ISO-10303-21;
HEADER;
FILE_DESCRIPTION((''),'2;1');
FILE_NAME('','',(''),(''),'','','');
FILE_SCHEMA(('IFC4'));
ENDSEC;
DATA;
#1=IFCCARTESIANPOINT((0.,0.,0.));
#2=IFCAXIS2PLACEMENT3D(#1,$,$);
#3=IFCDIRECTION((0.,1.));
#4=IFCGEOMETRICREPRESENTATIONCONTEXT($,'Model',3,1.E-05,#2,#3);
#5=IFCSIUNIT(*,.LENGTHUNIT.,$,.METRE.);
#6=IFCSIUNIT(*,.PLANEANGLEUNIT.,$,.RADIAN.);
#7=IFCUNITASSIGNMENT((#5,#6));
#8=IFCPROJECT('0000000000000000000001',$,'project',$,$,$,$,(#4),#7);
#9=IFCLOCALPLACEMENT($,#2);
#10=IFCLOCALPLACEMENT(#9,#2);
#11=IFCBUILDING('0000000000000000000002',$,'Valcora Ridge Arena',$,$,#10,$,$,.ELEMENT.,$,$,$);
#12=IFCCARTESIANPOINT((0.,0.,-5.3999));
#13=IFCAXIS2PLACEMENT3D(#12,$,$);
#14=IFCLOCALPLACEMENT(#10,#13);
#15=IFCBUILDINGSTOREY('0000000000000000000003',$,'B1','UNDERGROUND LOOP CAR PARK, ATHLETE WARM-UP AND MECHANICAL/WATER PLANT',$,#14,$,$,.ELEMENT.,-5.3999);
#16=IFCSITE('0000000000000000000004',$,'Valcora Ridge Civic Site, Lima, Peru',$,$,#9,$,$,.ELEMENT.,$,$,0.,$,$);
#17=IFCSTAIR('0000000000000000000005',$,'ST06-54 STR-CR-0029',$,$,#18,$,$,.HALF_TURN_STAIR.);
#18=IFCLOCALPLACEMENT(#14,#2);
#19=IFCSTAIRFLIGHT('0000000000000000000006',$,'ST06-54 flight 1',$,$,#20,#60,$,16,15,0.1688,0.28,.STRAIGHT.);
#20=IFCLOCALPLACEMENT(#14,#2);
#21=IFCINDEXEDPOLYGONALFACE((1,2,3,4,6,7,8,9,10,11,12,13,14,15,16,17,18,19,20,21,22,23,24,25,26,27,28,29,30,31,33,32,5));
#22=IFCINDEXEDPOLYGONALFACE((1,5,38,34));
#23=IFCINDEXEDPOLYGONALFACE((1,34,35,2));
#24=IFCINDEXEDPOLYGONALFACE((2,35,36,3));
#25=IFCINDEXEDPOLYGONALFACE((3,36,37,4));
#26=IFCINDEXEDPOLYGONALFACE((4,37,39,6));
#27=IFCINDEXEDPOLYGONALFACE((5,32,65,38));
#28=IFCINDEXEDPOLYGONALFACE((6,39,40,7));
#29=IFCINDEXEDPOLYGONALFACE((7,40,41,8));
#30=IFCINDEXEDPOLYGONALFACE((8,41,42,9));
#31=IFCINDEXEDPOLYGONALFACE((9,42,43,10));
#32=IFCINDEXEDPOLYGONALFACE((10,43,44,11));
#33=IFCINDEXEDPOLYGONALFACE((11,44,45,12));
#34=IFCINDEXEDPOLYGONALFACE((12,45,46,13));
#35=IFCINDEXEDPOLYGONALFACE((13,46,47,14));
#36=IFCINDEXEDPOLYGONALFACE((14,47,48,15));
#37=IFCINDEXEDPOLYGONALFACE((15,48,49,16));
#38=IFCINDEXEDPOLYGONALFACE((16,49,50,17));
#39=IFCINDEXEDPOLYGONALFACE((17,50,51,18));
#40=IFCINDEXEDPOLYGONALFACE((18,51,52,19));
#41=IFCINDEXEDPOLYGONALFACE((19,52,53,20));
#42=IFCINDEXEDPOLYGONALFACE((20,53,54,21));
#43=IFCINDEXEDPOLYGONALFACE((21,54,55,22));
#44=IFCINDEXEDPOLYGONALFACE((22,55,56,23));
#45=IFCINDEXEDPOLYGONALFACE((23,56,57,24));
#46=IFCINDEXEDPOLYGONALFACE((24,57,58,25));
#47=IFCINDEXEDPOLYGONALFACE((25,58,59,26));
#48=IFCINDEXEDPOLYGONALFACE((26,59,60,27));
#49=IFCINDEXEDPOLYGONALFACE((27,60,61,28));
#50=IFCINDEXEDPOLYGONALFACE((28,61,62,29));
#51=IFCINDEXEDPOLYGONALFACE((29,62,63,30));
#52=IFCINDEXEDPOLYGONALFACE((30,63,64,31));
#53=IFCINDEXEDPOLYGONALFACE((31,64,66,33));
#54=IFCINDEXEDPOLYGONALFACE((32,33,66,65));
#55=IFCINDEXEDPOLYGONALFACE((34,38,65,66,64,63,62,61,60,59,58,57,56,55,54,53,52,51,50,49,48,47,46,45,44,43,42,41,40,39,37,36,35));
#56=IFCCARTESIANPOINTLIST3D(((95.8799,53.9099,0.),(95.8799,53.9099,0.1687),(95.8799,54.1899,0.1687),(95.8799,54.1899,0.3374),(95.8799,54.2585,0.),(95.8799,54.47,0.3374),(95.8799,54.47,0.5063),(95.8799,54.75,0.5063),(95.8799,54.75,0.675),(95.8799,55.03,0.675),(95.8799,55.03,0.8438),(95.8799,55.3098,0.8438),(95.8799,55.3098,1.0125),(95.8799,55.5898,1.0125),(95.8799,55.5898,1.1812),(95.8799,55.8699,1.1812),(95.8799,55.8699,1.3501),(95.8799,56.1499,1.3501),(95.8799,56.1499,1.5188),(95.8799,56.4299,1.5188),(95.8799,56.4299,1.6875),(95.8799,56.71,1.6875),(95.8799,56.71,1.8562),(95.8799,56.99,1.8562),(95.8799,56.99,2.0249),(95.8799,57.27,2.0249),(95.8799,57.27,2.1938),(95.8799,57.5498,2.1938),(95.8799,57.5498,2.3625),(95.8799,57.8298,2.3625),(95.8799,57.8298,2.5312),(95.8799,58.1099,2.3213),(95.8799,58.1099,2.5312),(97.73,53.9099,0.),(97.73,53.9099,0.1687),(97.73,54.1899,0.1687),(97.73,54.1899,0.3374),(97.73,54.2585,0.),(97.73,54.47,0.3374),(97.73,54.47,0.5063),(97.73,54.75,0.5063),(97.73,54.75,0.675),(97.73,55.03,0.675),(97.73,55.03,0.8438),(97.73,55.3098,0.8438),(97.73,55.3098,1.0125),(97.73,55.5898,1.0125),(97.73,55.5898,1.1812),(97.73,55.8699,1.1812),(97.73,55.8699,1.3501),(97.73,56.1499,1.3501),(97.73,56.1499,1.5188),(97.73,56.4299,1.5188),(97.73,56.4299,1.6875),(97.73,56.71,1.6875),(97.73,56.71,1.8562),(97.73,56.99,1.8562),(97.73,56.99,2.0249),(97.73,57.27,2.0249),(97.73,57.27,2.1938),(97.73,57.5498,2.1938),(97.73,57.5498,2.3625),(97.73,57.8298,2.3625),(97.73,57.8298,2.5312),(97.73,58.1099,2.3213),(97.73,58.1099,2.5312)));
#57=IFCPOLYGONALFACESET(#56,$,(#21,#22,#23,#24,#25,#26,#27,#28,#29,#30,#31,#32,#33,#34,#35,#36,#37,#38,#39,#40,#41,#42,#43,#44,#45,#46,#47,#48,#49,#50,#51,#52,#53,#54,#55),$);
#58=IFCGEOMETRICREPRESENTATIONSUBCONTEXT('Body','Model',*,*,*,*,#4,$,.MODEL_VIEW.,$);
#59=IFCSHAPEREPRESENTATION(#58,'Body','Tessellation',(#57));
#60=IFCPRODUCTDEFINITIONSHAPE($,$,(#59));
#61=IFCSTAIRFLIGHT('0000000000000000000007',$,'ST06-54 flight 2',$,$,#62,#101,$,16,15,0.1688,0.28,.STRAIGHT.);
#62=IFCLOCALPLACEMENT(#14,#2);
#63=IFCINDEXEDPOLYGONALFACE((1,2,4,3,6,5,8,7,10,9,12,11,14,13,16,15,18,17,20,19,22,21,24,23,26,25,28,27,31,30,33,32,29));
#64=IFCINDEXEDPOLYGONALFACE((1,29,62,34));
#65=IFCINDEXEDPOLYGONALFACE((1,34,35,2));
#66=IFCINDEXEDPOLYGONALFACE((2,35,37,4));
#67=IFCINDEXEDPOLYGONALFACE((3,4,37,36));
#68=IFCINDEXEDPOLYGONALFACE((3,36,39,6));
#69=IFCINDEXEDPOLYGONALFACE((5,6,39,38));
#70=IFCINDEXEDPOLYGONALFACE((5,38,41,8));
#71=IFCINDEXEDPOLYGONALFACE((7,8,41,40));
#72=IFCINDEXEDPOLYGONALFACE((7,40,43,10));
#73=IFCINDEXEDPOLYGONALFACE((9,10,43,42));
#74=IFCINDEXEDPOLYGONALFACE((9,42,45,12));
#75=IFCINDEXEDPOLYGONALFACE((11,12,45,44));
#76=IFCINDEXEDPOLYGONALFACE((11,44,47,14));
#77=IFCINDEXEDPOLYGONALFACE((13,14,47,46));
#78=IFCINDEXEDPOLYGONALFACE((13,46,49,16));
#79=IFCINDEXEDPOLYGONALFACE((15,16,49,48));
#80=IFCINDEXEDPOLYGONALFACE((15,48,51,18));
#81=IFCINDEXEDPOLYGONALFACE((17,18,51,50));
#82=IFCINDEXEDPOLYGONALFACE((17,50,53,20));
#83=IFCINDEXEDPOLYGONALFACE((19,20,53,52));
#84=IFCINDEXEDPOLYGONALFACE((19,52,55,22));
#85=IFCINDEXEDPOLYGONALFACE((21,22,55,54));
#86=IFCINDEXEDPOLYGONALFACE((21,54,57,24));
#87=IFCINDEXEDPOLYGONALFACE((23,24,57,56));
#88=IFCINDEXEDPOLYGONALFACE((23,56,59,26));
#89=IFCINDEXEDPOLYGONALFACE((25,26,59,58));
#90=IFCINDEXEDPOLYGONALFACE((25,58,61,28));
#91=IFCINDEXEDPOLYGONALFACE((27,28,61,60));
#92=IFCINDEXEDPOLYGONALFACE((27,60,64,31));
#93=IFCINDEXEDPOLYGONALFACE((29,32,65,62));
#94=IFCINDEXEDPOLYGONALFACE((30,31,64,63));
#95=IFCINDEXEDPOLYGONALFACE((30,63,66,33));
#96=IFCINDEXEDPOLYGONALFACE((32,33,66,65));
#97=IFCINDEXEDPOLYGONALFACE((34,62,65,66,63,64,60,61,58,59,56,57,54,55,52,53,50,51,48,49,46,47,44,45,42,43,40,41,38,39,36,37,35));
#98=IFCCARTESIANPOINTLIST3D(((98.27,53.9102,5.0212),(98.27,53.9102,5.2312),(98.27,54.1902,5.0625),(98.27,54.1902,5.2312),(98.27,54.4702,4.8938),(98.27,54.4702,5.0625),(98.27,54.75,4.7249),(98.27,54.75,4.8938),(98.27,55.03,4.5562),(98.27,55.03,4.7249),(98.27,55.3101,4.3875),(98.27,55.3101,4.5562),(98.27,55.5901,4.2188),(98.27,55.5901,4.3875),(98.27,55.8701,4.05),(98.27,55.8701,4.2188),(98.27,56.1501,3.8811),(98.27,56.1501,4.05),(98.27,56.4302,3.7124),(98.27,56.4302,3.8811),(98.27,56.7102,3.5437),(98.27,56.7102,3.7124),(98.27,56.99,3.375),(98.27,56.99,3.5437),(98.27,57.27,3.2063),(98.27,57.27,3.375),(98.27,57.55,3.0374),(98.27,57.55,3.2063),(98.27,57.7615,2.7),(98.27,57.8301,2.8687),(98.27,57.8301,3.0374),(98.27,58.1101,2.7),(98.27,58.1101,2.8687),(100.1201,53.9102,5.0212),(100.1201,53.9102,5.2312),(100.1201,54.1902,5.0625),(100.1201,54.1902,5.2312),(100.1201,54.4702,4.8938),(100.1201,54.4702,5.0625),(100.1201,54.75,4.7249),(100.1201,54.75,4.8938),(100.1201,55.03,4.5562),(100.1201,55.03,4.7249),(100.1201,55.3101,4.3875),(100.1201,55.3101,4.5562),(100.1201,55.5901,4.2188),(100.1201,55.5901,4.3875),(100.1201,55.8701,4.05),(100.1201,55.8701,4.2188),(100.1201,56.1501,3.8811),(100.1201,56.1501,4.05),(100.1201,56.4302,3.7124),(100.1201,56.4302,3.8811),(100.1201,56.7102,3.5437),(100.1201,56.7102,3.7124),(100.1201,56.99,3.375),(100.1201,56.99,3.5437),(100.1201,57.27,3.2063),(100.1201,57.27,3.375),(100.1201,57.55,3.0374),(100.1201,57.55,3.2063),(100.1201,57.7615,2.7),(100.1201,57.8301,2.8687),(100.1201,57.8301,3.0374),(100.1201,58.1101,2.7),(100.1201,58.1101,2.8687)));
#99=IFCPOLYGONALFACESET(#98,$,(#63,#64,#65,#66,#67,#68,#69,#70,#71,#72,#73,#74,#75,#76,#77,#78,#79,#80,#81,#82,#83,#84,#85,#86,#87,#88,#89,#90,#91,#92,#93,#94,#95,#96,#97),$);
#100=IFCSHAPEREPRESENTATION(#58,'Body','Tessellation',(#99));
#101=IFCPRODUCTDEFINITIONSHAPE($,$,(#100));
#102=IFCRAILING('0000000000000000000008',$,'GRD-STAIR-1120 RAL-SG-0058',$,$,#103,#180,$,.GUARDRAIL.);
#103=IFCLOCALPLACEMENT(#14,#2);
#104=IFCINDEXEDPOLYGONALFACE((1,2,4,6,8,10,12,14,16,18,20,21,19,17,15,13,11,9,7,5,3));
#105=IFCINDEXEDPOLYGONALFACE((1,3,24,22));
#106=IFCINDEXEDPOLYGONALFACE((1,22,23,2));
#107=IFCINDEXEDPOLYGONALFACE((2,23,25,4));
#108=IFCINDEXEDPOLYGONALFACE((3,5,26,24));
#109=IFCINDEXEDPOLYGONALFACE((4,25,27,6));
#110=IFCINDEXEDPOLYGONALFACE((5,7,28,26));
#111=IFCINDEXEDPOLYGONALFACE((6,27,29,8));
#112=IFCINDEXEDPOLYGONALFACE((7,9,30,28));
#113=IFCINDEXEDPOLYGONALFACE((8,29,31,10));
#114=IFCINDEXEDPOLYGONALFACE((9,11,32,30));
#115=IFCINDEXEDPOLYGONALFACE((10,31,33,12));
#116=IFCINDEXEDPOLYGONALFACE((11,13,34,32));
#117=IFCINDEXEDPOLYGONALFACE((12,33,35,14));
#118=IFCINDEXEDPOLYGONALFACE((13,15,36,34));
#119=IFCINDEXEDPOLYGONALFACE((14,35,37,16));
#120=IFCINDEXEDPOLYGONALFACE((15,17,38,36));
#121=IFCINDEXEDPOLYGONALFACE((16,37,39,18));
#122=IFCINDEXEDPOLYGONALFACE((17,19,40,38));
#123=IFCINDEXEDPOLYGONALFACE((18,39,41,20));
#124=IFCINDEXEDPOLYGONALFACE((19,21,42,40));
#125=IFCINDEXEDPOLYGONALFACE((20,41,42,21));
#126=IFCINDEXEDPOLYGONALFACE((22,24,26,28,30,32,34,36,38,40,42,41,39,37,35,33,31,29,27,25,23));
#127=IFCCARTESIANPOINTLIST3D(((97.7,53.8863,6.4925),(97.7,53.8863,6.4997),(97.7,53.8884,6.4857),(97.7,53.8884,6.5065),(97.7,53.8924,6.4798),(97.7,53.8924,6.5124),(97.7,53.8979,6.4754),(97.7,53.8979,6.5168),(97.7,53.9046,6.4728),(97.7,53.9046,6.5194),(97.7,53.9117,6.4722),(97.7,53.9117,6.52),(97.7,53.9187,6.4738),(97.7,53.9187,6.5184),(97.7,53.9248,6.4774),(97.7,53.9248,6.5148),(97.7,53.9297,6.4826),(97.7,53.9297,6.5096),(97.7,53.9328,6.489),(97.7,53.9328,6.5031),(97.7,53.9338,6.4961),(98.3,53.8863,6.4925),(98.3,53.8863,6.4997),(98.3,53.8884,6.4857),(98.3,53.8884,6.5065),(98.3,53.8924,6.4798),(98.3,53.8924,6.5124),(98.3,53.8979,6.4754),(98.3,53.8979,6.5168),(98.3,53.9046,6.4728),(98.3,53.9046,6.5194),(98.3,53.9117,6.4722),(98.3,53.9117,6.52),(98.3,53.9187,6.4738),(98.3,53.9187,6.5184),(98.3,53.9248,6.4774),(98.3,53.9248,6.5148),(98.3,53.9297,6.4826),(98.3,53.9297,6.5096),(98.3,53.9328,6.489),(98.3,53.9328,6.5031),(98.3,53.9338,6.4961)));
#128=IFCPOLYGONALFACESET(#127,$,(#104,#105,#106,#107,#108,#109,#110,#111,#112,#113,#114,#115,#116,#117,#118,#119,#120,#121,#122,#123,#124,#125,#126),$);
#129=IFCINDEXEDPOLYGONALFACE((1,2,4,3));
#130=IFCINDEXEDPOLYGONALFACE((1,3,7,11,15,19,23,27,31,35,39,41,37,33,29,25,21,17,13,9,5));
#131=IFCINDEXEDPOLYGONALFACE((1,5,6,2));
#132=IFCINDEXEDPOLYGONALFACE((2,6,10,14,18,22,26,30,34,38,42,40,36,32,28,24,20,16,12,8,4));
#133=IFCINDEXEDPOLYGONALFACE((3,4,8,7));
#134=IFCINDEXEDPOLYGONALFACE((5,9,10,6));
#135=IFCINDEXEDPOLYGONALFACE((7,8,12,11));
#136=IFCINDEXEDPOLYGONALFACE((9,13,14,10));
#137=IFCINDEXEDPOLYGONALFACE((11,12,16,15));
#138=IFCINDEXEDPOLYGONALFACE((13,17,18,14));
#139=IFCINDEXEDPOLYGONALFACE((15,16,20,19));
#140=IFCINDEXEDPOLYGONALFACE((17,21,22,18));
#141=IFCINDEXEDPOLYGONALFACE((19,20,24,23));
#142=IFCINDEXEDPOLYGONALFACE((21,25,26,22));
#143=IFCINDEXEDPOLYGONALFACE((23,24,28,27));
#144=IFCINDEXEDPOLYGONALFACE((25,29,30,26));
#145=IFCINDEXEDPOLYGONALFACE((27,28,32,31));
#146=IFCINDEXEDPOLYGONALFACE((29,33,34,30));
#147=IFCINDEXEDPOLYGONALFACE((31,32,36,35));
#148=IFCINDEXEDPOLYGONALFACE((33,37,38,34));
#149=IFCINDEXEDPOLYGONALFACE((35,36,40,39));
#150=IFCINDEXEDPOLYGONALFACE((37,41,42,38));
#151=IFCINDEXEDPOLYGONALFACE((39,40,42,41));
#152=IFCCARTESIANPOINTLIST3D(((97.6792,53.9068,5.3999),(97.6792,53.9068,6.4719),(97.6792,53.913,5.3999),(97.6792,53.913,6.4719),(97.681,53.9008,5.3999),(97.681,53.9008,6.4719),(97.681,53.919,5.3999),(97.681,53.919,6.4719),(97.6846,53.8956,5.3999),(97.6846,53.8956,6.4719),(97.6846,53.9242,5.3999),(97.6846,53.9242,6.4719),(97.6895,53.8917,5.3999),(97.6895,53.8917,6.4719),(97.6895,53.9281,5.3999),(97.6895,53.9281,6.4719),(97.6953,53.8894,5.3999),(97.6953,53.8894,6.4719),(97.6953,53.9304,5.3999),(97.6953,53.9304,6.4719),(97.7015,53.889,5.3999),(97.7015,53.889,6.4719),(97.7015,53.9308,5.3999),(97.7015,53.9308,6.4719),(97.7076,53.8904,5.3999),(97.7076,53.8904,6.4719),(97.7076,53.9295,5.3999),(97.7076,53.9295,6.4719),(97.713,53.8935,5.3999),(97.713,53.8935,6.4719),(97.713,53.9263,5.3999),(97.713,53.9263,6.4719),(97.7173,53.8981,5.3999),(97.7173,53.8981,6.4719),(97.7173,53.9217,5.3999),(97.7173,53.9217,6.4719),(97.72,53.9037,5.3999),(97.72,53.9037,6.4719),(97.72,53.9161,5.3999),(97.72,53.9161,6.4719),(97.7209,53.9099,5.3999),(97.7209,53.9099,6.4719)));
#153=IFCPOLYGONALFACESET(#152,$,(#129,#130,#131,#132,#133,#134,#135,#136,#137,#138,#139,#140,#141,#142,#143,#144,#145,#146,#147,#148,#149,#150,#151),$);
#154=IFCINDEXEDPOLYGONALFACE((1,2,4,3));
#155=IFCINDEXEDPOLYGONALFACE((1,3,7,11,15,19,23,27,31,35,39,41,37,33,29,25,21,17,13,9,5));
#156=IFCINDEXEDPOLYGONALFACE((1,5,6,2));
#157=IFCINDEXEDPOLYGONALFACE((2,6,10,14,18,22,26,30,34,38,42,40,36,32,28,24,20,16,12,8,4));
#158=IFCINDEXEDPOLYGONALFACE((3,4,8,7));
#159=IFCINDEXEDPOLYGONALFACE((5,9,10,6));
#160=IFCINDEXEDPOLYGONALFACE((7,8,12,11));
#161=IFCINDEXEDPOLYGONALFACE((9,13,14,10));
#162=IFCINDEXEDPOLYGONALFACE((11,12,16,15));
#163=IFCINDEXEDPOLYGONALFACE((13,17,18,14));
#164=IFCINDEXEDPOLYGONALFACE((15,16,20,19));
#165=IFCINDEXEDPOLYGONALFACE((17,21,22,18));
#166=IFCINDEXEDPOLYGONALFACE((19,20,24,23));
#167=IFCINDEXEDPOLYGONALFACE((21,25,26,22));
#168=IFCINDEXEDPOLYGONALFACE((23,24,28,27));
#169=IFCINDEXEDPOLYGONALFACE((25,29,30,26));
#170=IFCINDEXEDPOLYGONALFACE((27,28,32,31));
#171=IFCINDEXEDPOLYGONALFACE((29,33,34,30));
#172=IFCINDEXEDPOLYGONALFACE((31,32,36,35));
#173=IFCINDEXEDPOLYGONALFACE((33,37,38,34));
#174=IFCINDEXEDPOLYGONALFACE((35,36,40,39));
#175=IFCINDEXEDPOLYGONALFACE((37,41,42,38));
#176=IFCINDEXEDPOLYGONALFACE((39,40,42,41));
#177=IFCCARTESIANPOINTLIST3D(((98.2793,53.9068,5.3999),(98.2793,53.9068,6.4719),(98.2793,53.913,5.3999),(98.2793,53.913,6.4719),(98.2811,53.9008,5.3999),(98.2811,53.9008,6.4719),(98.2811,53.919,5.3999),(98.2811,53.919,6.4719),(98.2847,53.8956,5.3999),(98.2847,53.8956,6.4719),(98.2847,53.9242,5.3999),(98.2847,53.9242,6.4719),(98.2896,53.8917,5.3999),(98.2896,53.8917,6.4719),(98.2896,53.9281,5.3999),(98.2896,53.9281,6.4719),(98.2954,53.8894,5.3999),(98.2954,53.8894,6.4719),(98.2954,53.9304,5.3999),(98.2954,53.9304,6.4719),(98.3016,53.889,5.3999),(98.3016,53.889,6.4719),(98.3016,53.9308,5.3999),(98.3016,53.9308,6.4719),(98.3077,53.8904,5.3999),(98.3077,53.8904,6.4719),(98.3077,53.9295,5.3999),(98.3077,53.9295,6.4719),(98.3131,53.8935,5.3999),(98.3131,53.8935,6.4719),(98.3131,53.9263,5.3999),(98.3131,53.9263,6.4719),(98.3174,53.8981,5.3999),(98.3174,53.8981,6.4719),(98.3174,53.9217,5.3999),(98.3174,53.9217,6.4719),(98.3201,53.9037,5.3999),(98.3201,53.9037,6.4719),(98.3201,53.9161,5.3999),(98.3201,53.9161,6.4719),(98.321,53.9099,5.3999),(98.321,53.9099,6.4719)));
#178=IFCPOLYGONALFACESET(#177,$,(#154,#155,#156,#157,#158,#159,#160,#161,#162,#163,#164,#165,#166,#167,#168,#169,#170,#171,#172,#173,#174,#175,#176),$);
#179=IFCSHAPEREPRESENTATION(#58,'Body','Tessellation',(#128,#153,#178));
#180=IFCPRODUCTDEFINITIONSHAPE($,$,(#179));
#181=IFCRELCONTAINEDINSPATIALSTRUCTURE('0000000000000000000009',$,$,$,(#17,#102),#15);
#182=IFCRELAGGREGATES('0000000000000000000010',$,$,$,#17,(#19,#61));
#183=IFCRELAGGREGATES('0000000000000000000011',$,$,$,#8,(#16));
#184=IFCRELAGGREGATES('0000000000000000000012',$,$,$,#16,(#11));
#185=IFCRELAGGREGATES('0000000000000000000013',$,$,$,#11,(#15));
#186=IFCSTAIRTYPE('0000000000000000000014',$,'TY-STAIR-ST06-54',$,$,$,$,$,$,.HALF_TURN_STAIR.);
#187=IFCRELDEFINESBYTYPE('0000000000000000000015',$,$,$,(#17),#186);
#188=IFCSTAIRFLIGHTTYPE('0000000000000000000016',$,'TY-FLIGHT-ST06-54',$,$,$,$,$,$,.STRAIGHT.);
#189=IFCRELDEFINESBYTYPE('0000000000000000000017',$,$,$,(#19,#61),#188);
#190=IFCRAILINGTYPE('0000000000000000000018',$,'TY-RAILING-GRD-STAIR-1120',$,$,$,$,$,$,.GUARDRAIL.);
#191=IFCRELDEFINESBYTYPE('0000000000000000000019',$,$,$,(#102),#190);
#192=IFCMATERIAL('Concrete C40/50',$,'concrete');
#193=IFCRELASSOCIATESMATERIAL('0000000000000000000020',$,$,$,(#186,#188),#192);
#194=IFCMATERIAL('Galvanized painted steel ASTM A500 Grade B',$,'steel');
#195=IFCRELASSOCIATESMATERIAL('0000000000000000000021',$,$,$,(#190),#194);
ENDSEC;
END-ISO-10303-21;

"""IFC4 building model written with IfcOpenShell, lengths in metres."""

from ifc_helpers import new_model, si_unit, direction, frame, origin, origin_2d, place, context, subcontext, project, spatial, polyline, circle, outline, extrude, material, type_object, element, aggregate, save


model = new_model("IFC4")

# Units and contexts
model_context = context("Model", 3, precision=1e-05, world=origin(), true_north=direction((0.0, 1.0)))
body_context = subcontext(model_context, "Body", "Model", "MODEL_VIEW")
ifc_project = project(units=[si_unit("LENGTHUNIT", "METRE"), si_unit("PLANEANGLEUNIT", "RADIAN")], contexts=[model_context])

# Site, building, storey
site_placement = place(None, origin())
site = spatial("IfcSite", under=ifc_project, at=site_placement, Name="Valcora Ridge Civic Site, Lima, Peru", CompositionType="ELEMENT", RefElevation=0.0)
building_placement = place(site_placement, origin())
building = spatial("IfcBuilding", under=site, at=building_placement, Name="Valcora Ridge Arena", CompositionType="ELEMENT")
storey_placement = place(building_placement, frame((0.0, 0.0, -5.3999)))
storey = spatial("IfcBuildingStorey", under=building, at=storey_placement, Name="B1", Description="UNDERGROUND LOOP CAR PARK, ATHLETE WARM-UP AND MECHANICAL/WATER PLANT", CompositionType="ELEMENT", Elevation=-5.3999)

# Shared definitions
ifc_material_1 = material(Name="Concrete C40/50", Category="concrete")

# Stair, stair flights
stair_type = type_object("IfcStairType", Name="TY-STAIR-ST06-54", PredefinedType="HALF_TURN_STAIR", material=ifc_material_1)
stair_placement = place(storey_placement, origin())
stair = element("IfcStair", 1, at=stair_placement, inside=storey, type_object=stair_type, Name="ST06-54 STR-CR-0029", PredefinedType="HALF_TURN_STAIR")
stair_flight_type = type_object("IfcStairFlightType", Name="TY-FLIGHT-ST06-54", PredefinedType="STRAIGHT", material=ifc_material_1)
stair_flight_1_placement = place(storey_placement, frame((96.8049, 53.9099, 0.0), z_axis=(0.0, 0.0, 1.0), x_axis=(0.0, 1.0, 0.0)))
stair_flight_1 = element("IfcStairFlight", 2, at=stair_flight_1_placement, type_object=stair_flight_type, Name="ST06-54 flight 1", NumberOfRisers=16, NumberOfTreads=15, PredefinedType="STRAIGHT", RiserHeight=0.1688, TreadLength=0.28, context=body_context, shape_type="SweptSolid", body=[
    extrude(outline(polyline([(0.0, 0.0), (0.0, 0.1687), (0.28, 0.1687), (0.28, 0.3374), (0.5601, 0.3374), (0.5601, 0.5063), (0.8401, 0.5063), (0.8401, 0.675), (1.1201, 0.675), (1.1201, 0.8438), (1.3999, 0.8438), (1.3999, 1.0125), (1.6799, 1.0125), (1.6799, 1.1812), (1.96, 1.1812), (1.96, 1.3501), (2.24, 1.3501), (2.24, 1.5188), (2.52, 1.5188), (2.52, 1.6875), (2.8, 1.6875), (2.8, 1.8562), (3.0801, 1.8562), (3.0801, 2.0249), (3.3601, 2.0249), (3.3601, 2.1938), (3.6399, 2.1938), (3.6399, 2.3625), (3.9199, 2.3625), (3.9199, 2.5312), (4.2, 2.5312), (4.2, 2.7), (4.2, 2.3213), (0.3486, 0.0), (0.0, 0.0)])), frame((0.0, 0.925, 0.0), z_axis=(0.0, -1.0, 0.0), x_axis=(1.0, 0.0, 0.0)), (0.0, 0.0, 1.0), 1.8501),
])
stair_flight_2_placement = place(storey_placement, frame((99.1951, 58.1101, 2.7), z_axis=(0.0, 0.0, 1.0), x_axis=(0.0, -1.0, 0.0)))
stair_flight_2 = element("IfcStairFlight", 3, at=stair_flight_2_placement, type_object=stair_flight_type, Name="ST06-54 flight 2", NumberOfRisers=16, NumberOfTreads=15, PredefinedType="STRAIGHT", RiserHeight=0.1688, TreadLength=0.28, context=body_context, shape_type="SweptSolid", body=[
    extrude(outline(polyline([(0.0, 0.0), (0.0, 0.1687), (0.28, 0.1687), (0.28, 0.3374), (0.5601, 0.3374), (0.5601, 0.5063), (0.8401, 0.5063), (0.8401, 0.675), (1.1201, 0.675), (1.1201, 0.8438), (1.3999, 0.8438), (1.3999, 1.0125), (1.6799, 1.0125), (1.6799, 1.1812), (1.96, 1.1812), (1.96, 1.3501), (2.24, 1.3501), (2.24, 1.5188), (2.52, 1.5188), (2.52, 1.6875), (2.8, 1.6875), (2.8, 1.8562), (3.0801, 1.8562), (3.0801, 2.0249), (3.3601, 2.0249), (3.3601, 2.1938), (3.6399, 2.1938), (3.6399, 2.3625), (3.9199, 2.3625), (3.9199, 2.5312), (4.2, 2.5312), (4.2, 2.7), (4.2, 2.3213), (0.3486, 0.0), (0.0, 0.0)])), frame((0.0, 0.925, 0.0), z_axis=(0.0, -1.0, 0.0), x_axis=(1.0, 0.0, 0.0)), (0.0, 0.0, 1.0), 1.8501),
])
aggregate(stair, [stair_flight_1, stair_flight_2])

# Railing
ifc_material_2 = material(Name="Galvanized painted steel ASTM A500 Grade B", Category="steel")
railing_type_1 = type_object("IfcRailingType", Name="TY-RAILING-GRD-STAIR-1120", PredefinedType="GUARDRAIL", material=ifc_material_2)
railing_1_placement = place(storey_placement, frame((97.7, 53.9099, 5.3999)))
element("IfcRailing", 4, at=railing_1_placement, inside=storey, type_object=railing_type_1, Name="GRD-STAIR-1120 RAL-SG-0058", PredefinedType="GUARDRAIL", context=body_context, shape_type="SweptSolid", body=[
    extrude(circle(Radius=0.0239, at=origin_2d()), frame((0.0, 0.0, 1.0962), z_axis=(1.0, 0.0, 0.0), x_axis=(0.0, 1.0, 0.0)), (0.0, 0.0, 1.0), 0.6001),
    extrude(circle(Radius=0.021, at=origin_2d()), origin(), (0.0, 0.0, 1.0), 1.072),
    extrude(circle(Radius=0.021, at=origin_2d()), frame((0.6001, 0.0, 0.0)), (0.0, 0.0, 1.0), 1.072),
])

save(model, "model.ifc")
